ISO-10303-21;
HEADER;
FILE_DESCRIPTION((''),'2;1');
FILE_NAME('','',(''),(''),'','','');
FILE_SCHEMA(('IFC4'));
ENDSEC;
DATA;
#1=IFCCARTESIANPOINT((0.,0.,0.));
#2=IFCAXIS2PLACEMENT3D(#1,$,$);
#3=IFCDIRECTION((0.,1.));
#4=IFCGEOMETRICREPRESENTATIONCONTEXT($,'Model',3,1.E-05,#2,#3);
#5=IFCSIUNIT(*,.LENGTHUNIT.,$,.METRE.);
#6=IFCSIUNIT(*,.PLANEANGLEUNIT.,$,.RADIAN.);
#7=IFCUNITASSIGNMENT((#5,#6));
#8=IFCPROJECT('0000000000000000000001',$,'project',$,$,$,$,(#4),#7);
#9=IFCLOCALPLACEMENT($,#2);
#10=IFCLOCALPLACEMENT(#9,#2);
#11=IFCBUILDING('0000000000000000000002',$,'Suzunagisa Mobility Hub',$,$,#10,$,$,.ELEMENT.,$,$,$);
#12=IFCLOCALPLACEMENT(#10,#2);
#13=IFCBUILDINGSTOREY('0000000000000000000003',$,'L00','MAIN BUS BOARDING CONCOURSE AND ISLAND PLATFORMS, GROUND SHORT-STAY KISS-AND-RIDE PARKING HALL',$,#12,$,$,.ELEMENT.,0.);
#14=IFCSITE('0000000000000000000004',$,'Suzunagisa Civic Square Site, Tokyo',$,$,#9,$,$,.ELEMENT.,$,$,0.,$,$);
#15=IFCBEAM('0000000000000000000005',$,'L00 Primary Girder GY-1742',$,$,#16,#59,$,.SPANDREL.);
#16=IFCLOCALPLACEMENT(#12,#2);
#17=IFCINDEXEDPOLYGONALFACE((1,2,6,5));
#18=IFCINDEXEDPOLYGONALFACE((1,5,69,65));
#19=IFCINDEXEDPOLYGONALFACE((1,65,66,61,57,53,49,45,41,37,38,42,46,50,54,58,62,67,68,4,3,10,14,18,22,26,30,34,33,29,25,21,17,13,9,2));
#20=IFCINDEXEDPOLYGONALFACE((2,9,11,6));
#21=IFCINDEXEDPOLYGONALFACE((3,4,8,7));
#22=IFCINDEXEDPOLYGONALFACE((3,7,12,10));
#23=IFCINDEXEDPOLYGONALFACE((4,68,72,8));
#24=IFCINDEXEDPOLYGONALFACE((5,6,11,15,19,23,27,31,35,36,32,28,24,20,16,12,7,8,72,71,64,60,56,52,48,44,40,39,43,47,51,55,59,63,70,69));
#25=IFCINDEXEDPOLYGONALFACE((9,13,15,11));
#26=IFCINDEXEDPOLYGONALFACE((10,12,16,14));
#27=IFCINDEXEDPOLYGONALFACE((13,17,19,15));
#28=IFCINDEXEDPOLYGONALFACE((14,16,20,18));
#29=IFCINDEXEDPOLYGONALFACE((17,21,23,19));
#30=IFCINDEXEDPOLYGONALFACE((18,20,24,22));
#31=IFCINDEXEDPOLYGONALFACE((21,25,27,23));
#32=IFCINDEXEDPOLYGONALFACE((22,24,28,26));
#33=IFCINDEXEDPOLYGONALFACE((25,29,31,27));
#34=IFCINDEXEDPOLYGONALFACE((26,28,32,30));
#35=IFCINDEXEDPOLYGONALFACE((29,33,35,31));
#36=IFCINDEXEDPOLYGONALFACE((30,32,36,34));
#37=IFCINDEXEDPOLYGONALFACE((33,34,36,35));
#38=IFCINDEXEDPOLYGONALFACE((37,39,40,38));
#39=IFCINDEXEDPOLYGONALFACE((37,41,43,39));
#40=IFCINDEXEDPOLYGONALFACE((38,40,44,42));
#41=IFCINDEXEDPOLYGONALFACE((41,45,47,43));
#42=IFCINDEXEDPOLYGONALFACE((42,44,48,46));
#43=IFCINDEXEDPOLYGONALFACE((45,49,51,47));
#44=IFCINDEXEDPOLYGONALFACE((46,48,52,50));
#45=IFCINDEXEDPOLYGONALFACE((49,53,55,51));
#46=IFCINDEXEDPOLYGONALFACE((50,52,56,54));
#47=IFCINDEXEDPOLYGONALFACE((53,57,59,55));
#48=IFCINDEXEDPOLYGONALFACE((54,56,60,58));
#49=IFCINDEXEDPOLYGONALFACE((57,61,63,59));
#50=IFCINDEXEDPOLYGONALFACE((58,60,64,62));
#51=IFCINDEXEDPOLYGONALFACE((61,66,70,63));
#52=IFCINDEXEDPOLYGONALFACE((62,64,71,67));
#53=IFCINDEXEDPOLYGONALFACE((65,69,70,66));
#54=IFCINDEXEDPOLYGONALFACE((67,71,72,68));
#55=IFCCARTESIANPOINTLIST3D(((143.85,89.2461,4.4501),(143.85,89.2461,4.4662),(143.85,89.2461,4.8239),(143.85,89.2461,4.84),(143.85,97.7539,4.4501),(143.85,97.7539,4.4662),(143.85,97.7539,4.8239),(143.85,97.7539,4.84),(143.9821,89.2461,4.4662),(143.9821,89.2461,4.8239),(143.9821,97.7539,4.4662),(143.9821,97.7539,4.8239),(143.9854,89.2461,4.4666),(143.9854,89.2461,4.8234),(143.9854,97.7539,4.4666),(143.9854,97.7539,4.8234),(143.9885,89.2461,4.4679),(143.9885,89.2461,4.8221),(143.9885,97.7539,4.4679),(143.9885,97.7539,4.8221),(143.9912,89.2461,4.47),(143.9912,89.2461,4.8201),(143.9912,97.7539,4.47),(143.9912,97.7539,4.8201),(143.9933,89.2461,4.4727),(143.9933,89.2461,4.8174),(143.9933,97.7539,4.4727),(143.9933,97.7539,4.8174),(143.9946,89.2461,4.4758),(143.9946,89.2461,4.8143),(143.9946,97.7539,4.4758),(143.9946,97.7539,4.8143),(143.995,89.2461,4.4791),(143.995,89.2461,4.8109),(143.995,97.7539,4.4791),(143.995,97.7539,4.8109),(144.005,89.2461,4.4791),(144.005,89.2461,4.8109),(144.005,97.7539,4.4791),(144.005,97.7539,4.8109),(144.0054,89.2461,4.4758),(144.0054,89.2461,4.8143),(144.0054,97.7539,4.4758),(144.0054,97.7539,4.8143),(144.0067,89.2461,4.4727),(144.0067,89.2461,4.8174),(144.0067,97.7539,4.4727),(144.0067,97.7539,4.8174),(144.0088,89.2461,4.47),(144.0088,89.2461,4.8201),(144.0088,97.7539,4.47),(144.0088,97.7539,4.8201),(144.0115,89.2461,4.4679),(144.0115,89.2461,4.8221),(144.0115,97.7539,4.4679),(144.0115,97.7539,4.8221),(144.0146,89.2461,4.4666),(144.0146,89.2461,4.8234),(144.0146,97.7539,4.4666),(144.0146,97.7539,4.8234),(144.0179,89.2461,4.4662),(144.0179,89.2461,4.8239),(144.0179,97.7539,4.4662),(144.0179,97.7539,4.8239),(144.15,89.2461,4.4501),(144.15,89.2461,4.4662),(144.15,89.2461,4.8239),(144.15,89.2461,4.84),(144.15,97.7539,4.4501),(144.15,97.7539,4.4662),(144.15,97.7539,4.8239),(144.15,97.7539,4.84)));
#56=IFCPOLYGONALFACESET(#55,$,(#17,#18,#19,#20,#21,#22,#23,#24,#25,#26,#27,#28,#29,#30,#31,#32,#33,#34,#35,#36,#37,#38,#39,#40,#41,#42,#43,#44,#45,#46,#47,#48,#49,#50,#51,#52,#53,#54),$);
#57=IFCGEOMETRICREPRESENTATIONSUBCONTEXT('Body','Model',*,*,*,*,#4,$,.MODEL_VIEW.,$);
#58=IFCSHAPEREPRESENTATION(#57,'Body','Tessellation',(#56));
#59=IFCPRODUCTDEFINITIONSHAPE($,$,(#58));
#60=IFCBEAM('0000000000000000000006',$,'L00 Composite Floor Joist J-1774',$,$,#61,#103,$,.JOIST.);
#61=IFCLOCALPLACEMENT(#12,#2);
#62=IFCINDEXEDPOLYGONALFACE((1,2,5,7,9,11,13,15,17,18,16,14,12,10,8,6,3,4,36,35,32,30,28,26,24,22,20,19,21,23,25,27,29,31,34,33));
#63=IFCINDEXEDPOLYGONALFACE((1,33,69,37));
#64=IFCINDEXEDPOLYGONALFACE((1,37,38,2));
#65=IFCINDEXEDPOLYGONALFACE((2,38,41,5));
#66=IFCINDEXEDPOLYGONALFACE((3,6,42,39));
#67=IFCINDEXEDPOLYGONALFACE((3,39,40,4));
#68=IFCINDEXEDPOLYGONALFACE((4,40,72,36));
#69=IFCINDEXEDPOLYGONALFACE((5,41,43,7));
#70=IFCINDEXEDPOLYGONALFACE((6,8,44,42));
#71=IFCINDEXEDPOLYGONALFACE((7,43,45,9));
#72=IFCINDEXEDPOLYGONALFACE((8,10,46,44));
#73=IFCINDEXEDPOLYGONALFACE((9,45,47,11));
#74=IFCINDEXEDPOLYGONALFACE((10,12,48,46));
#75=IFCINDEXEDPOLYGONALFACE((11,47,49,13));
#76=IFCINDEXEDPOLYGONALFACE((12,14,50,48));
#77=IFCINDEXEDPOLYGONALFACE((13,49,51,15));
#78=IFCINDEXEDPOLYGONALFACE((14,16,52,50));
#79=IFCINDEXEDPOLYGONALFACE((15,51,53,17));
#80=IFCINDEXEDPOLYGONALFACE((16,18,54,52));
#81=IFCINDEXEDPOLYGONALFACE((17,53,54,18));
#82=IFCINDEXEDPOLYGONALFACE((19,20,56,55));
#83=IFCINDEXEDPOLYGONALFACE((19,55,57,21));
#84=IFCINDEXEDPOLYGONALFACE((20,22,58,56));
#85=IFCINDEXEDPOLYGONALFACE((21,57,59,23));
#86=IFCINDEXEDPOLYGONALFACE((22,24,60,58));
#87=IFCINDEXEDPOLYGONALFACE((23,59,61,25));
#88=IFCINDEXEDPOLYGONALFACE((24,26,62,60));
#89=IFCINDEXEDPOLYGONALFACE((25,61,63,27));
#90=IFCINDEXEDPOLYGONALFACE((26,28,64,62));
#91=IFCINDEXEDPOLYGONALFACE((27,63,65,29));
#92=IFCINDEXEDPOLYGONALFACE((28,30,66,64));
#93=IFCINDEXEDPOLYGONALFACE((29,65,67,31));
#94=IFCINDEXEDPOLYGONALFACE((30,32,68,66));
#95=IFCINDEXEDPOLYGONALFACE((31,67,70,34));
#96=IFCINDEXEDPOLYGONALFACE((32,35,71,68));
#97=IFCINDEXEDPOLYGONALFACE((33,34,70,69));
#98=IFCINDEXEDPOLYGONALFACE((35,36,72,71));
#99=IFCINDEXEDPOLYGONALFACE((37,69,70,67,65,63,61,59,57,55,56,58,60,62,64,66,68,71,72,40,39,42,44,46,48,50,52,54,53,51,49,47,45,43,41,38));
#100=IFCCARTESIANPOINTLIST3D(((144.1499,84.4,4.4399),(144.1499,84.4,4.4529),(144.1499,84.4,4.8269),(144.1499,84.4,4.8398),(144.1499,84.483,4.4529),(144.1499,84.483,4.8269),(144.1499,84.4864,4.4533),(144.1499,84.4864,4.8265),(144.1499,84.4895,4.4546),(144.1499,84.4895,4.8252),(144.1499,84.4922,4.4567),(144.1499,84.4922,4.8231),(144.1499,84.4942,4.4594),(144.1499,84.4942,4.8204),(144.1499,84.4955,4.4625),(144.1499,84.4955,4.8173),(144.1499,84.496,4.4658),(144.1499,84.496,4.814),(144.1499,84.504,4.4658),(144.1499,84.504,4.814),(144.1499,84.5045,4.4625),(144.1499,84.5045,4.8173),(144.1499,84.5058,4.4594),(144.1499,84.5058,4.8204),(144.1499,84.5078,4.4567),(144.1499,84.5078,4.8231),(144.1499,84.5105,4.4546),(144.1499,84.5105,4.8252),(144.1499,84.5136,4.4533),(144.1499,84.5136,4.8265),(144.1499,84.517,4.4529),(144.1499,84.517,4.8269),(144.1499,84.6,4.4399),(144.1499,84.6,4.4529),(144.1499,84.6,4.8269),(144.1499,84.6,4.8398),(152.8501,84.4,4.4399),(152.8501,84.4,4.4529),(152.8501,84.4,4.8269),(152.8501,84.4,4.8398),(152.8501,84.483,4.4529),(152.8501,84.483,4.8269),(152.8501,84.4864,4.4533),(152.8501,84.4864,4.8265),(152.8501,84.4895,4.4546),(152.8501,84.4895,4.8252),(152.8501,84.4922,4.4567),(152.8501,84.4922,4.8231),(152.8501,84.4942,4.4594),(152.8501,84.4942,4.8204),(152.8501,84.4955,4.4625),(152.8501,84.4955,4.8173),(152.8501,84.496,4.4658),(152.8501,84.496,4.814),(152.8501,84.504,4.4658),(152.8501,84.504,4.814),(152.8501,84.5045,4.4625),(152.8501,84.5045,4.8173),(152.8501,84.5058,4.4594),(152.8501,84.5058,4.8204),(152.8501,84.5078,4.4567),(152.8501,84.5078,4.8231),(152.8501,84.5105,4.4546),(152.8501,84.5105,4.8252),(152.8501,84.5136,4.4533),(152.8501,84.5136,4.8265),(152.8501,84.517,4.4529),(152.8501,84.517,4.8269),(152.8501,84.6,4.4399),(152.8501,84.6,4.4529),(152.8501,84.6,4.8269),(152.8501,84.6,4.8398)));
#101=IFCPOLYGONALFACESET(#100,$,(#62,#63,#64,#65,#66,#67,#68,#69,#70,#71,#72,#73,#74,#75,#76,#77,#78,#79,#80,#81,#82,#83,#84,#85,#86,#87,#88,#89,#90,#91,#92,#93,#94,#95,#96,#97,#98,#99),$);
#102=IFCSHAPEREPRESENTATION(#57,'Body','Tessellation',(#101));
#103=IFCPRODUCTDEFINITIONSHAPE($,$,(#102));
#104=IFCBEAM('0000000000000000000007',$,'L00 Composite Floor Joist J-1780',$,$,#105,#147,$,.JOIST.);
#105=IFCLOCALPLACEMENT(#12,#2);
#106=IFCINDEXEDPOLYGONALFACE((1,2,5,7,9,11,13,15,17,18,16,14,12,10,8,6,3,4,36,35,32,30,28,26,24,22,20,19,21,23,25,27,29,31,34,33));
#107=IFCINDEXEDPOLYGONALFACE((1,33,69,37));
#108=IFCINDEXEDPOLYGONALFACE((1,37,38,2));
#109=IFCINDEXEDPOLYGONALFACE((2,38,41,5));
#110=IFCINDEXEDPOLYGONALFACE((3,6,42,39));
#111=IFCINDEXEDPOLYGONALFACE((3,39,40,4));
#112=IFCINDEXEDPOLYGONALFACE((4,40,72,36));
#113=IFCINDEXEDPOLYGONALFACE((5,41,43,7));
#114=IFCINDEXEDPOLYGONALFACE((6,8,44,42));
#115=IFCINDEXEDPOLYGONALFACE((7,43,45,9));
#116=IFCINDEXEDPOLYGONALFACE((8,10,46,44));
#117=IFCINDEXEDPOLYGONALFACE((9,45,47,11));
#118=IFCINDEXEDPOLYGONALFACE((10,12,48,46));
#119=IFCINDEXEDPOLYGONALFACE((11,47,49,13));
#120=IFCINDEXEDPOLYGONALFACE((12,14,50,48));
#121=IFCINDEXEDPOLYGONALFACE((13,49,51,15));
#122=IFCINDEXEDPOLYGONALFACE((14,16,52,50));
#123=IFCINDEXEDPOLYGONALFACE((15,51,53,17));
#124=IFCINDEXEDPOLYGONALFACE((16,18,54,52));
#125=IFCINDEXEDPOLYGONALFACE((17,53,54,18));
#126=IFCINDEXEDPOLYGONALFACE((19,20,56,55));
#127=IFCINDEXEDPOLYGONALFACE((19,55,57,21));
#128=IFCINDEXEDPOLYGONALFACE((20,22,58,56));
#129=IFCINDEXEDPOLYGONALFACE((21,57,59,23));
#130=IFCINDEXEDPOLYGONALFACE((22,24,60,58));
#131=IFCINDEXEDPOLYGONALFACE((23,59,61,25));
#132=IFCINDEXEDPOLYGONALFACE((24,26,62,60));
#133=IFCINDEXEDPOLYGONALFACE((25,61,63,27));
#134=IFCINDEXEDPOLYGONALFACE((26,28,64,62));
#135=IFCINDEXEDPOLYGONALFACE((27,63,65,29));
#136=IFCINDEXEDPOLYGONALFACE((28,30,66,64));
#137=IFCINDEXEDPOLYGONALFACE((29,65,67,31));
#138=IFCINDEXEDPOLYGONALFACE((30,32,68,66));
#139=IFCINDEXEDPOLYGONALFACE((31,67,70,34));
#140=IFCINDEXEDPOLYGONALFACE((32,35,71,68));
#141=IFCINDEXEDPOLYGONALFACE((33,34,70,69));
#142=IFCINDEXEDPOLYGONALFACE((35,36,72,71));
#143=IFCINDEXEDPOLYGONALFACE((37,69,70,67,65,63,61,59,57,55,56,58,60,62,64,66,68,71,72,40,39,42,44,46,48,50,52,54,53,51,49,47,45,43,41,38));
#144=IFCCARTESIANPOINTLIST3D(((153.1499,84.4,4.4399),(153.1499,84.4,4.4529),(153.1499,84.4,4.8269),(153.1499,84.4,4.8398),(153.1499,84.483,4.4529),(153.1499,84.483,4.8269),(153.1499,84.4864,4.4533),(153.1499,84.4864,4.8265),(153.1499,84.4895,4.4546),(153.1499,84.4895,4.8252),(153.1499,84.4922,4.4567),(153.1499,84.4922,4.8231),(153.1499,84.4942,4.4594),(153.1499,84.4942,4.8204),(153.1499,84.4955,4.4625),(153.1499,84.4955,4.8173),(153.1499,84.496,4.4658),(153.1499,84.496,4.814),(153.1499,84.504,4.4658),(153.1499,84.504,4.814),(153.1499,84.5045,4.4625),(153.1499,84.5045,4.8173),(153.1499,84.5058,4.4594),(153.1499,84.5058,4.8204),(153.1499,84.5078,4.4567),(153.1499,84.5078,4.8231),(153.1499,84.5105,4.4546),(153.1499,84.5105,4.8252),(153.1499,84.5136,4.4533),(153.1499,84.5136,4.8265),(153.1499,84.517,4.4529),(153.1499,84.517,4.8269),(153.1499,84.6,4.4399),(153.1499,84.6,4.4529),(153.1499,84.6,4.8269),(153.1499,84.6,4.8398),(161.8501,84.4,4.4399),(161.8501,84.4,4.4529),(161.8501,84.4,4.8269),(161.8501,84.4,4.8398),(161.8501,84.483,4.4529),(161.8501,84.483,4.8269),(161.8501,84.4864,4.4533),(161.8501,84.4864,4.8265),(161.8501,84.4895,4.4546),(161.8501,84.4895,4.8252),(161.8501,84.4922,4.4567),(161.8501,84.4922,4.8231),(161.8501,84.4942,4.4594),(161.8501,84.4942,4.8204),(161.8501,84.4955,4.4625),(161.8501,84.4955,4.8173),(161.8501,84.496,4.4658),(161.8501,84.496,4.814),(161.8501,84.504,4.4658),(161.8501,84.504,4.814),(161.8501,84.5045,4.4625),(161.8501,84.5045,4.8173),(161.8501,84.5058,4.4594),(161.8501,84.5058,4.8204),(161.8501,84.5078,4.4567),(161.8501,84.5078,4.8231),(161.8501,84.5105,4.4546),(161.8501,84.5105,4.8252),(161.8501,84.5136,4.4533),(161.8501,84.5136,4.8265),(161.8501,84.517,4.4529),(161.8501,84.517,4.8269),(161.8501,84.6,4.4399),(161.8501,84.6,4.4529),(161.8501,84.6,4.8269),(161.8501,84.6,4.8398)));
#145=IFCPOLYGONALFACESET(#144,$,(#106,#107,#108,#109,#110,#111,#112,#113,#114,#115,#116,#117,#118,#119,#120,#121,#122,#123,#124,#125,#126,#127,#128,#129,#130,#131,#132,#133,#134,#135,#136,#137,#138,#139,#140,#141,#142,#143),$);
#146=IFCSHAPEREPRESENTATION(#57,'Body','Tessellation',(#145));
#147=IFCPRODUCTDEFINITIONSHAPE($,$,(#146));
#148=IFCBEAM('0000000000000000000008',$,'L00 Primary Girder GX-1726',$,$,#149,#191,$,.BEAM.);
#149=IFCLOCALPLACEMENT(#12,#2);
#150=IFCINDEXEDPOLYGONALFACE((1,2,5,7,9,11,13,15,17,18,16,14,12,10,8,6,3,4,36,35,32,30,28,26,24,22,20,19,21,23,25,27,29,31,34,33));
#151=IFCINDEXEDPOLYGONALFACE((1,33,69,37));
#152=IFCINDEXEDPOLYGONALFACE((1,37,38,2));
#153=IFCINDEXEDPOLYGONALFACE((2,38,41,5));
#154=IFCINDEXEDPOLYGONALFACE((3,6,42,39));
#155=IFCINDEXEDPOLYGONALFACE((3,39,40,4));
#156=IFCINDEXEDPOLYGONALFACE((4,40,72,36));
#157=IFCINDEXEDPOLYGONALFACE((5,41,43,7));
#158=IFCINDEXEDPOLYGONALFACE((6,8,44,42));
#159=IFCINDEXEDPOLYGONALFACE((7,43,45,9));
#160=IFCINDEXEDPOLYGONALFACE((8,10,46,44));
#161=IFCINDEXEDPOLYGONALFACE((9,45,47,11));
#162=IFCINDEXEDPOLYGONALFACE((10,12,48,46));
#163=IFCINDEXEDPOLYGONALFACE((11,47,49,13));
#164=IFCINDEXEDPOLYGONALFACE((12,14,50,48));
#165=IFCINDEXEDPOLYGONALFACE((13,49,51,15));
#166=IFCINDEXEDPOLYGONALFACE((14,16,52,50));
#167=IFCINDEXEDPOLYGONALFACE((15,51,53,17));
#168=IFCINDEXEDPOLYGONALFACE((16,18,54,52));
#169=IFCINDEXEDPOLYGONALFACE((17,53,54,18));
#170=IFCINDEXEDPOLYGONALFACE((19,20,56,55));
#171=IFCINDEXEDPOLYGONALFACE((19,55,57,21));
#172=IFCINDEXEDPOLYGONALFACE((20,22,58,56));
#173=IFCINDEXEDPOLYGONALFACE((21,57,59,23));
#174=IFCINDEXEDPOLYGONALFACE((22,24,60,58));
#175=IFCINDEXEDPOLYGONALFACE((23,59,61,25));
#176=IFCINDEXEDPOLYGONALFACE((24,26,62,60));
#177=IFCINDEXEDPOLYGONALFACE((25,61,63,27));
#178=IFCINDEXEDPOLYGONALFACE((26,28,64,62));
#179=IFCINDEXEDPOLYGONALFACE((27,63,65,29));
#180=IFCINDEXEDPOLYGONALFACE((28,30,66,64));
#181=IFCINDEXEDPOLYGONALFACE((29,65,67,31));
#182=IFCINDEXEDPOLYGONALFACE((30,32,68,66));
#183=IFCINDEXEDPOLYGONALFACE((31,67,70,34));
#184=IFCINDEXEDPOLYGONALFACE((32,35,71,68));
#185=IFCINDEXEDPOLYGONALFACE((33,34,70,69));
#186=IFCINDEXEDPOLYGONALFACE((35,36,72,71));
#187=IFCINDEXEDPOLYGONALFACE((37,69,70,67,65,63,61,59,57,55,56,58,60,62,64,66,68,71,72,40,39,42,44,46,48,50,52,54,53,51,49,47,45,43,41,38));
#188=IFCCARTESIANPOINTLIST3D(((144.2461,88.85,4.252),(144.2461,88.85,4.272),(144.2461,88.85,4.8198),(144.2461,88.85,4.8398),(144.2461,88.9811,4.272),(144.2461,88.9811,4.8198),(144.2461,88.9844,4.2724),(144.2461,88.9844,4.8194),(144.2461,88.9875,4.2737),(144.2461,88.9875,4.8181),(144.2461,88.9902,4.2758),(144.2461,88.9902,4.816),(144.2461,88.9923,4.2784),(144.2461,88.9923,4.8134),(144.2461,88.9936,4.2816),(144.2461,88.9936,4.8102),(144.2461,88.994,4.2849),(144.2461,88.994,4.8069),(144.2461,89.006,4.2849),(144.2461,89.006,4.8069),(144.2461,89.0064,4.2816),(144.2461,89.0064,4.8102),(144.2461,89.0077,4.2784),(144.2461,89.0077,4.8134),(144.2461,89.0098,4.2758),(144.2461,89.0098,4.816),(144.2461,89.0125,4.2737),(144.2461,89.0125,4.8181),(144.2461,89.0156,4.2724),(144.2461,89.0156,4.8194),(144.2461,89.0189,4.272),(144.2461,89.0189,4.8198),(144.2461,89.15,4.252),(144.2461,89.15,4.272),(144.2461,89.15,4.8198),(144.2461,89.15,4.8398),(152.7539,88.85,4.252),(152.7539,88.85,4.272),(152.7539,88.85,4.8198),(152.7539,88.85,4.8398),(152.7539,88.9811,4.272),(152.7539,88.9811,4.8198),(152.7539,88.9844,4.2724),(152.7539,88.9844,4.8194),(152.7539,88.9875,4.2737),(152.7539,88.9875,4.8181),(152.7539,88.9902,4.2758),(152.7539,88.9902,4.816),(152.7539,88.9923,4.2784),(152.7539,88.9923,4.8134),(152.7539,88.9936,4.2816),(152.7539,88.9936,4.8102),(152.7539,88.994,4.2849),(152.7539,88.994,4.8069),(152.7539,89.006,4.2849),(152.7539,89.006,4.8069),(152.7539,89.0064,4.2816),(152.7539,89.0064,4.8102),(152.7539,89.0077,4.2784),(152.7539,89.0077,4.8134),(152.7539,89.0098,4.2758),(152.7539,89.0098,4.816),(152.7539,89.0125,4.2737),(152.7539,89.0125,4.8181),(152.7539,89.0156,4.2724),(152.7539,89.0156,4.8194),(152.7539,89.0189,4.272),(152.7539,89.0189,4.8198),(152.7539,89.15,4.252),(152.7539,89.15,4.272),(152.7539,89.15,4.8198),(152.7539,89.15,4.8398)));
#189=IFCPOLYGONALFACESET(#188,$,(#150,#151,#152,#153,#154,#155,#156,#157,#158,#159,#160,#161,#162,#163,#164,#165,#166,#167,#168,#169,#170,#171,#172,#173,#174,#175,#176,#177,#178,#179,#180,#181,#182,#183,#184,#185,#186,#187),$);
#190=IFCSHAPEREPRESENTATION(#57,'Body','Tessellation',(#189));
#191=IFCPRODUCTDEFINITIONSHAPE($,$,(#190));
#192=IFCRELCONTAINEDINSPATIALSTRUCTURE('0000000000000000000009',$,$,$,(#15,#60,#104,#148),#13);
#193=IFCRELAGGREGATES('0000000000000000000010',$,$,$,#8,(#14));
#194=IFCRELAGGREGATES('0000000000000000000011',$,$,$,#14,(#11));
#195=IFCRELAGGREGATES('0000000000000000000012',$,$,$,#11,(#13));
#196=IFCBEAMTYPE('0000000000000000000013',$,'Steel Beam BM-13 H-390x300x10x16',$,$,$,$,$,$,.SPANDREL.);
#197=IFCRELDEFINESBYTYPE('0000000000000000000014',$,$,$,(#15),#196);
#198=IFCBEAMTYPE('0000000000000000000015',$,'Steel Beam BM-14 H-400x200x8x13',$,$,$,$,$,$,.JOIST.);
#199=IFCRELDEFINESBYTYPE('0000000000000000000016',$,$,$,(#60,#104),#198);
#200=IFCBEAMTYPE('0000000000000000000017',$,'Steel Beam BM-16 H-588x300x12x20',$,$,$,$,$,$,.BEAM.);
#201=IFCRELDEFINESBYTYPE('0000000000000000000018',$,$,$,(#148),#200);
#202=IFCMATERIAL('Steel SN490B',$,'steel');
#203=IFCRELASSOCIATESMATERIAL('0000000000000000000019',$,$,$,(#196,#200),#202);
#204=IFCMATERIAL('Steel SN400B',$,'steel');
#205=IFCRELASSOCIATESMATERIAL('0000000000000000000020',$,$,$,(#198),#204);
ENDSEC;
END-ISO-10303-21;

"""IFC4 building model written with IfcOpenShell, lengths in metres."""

from ifc_helpers import new_model, si_unit, direction, frame, origin, origin_2d, place, context, subcontext, project, spatial, i_section, extrude, material, material_profile, profile_set, type_object, element, save


model = new_model("IFC4")

# Units and contexts
model_context = context("Model", 3, precision=1e-05, world=origin(), true_north=direction((0.0, 1.0)))
body_context = subcontext(model_context, "Body", "Model", "MODEL_VIEW")
ifc_project = project(units=[si_unit("LENGTHUNIT", "METRE"), si_unit("PLANEANGLEUNIT", "RADIAN")], contexts=[model_context])

# Site, building, storey
site_placement = place(None, origin())
site = spatial("IfcSite", under=ifc_project, at=site_placement, Name="Suzunagisa Civic Square Site, Tokyo", CompositionType="ELEMENT", RefElevation=0.0)
building_placement = place(site_placement, origin())
building = spatial("IfcBuilding", under=site, at=building_placement, Name="Suzunagisa Mobility Hub", CompositionType="ELEMENT")
storey_placement = place(building_placement, origin())
storey = spatial("IfcBuildingStorey", under=building, at=storey_placement, Name="L00", Description="MAIN BUS BOARDING CONCOURSE AND ISLAND PLATFORMS, GROUND SHORT-STAY KISS-AND-RIDE PARKING HALL", CompositionType="ELEMENT", Elevation=0.0)

# Shared definitions
ifc_material_1 = material(Name="Steel SN490B", Category="steel")

# Beams
ifc_material_profile_1 = material_profile(ifc_material_1, i_section(OverallWidth=0.3, OverallDepth=0.3899, WebThickness=0.01, FlangeThickness=0.0161, FilletRadius=0.0129, at=origin_2d()), Name="H-390x300x10x16")
ifc_profile_set_1 = profile_set([ifc_material_profile_1], Name="Steel SN490B")
beam_type_1 = type_object("IfcBeamType", Name="Steel Beam BM-13 H-390x300x10x16", PredefinedType="SPANDREL", material=ifc_profile_set_1)
beam_placement = place(storey_placement, frame((144.0, 89.2461, 4.645), z_axis=(0.0, 1.0, 0.0), x_axis=(-1.0, 0.0, 0.0)))
element("IfcBeam", 1, at=beam_placement, inside=storey, type_object=beam_type_1, Name="L00 Primary Girder GY-1742", PredefinedType="SPANDREL", context=body_context, shape_type="SweptSolid", body=[
    extrude(i_section(OverallWidth=0.3, OverallDepth=0.3899, WebThickness=0.01, FlangeThickness=0.0161, FilletRadius=0.0129, at=origin_2d()), origin(), (0.0, 0.0, 1.0), 8.5078),
])
ifc_material_2 = material(Name="Steel SN400B", Category="steel")
ifc_material_profile_2 = material_profile(ifc_material_2, i_section(OverallWidth=0.2, OverallDepth=0.3999, WebThickness=0.0081, FlangeThickness=0.0129, FilletRadius=0.0129, at=origin_2d()), Name="H-400x200x8x13")
ifc_profile_set_2 = profile_set([ifc_material_profile_2], Name="Steel SN400B")
beam_type_2 = type_object("IfcBeamType", Name="Steel Beam BM-14 H-400x200x8x13", PredefinedType="JOIST", material=ifc_profile_set_2)
for number, where, z_axis, x_axis, name in (
    (2, (144.1499, 84.5, 4.6399), (1.0, 0.0, 0.0), (0.0, 1.0, 0.0), "L00 Composite Floor Joist J-1774"),
    (3, (153.1499, 84.5, 4.6399), (1.0, 0.0, 0.0), (0.0, 1.0, 0.0), "L00 Composite Floor Joist J-1780"),
):
    element("IfcBeam", number, at=place(storey_placement, frame(where, z_axis=z_axis, x_axis=x_axis)), inside=storey, type_object=beam_type_2, Name=name, PredefinedType="JOIST", context=body_context, shape_type="SweptSolid", body=[
        extrude(i_section(OverallWidth=0.2, OverallDepth=0.3999, WebThickness=0.0081, FlangeThickness=0.0129, FilletRadius=0.0129, at=origin_2d()), origin(), (0.0, 0.0, 1.0), 8.7002),
    ])
ifc_material_profile_3 = material_profile(ifc_material_1, i_section(OverallWidth=0.3, OverallDepth=0.5879, WebThickness=0.012, FlangeThickness=0.02, FilletRadius=0.0129, at=origin_2d()), Name="H-588x300x12x20")
ifc_profile_set_3 = profile_set([ifc_material_profile_3], Name="Steel SN490B")
beam_type_3 = type_object("IfcBeamType", Name="Steel Beam BM-16 H-588x300x12x20", PredefinedType="BEAM", material=ifc_profile_set_3)
for number, where, z_axis, x_axis, name in (
    (4, (144.2461, 89.0, 4.5459), (1.0, 0.0, 0.0), (0.0, 1.0, 0.0), "L00 Primary Girder GX-1726"),
):
    element("IfcBeam", number, at=place(storey_placement, frame(where, z_axis=z_axis, x_axis=x_axis)), inside=storey, type_object=beam_type_3, Name=name, PredefinedType="BEAM", context=body_context, shape_type="SweptSolid", body=[
        extrude(i_section(OverallWidth=0.3, OverallDepth=0.5879, WebThickness=0.012, FlangeThickness=0.02, FilletRadius=0.0129, at=origin_2d()), origin(), (0.0, 0.0, 1.0), 8.5078),
    ])

save(model, "model.ifc")
